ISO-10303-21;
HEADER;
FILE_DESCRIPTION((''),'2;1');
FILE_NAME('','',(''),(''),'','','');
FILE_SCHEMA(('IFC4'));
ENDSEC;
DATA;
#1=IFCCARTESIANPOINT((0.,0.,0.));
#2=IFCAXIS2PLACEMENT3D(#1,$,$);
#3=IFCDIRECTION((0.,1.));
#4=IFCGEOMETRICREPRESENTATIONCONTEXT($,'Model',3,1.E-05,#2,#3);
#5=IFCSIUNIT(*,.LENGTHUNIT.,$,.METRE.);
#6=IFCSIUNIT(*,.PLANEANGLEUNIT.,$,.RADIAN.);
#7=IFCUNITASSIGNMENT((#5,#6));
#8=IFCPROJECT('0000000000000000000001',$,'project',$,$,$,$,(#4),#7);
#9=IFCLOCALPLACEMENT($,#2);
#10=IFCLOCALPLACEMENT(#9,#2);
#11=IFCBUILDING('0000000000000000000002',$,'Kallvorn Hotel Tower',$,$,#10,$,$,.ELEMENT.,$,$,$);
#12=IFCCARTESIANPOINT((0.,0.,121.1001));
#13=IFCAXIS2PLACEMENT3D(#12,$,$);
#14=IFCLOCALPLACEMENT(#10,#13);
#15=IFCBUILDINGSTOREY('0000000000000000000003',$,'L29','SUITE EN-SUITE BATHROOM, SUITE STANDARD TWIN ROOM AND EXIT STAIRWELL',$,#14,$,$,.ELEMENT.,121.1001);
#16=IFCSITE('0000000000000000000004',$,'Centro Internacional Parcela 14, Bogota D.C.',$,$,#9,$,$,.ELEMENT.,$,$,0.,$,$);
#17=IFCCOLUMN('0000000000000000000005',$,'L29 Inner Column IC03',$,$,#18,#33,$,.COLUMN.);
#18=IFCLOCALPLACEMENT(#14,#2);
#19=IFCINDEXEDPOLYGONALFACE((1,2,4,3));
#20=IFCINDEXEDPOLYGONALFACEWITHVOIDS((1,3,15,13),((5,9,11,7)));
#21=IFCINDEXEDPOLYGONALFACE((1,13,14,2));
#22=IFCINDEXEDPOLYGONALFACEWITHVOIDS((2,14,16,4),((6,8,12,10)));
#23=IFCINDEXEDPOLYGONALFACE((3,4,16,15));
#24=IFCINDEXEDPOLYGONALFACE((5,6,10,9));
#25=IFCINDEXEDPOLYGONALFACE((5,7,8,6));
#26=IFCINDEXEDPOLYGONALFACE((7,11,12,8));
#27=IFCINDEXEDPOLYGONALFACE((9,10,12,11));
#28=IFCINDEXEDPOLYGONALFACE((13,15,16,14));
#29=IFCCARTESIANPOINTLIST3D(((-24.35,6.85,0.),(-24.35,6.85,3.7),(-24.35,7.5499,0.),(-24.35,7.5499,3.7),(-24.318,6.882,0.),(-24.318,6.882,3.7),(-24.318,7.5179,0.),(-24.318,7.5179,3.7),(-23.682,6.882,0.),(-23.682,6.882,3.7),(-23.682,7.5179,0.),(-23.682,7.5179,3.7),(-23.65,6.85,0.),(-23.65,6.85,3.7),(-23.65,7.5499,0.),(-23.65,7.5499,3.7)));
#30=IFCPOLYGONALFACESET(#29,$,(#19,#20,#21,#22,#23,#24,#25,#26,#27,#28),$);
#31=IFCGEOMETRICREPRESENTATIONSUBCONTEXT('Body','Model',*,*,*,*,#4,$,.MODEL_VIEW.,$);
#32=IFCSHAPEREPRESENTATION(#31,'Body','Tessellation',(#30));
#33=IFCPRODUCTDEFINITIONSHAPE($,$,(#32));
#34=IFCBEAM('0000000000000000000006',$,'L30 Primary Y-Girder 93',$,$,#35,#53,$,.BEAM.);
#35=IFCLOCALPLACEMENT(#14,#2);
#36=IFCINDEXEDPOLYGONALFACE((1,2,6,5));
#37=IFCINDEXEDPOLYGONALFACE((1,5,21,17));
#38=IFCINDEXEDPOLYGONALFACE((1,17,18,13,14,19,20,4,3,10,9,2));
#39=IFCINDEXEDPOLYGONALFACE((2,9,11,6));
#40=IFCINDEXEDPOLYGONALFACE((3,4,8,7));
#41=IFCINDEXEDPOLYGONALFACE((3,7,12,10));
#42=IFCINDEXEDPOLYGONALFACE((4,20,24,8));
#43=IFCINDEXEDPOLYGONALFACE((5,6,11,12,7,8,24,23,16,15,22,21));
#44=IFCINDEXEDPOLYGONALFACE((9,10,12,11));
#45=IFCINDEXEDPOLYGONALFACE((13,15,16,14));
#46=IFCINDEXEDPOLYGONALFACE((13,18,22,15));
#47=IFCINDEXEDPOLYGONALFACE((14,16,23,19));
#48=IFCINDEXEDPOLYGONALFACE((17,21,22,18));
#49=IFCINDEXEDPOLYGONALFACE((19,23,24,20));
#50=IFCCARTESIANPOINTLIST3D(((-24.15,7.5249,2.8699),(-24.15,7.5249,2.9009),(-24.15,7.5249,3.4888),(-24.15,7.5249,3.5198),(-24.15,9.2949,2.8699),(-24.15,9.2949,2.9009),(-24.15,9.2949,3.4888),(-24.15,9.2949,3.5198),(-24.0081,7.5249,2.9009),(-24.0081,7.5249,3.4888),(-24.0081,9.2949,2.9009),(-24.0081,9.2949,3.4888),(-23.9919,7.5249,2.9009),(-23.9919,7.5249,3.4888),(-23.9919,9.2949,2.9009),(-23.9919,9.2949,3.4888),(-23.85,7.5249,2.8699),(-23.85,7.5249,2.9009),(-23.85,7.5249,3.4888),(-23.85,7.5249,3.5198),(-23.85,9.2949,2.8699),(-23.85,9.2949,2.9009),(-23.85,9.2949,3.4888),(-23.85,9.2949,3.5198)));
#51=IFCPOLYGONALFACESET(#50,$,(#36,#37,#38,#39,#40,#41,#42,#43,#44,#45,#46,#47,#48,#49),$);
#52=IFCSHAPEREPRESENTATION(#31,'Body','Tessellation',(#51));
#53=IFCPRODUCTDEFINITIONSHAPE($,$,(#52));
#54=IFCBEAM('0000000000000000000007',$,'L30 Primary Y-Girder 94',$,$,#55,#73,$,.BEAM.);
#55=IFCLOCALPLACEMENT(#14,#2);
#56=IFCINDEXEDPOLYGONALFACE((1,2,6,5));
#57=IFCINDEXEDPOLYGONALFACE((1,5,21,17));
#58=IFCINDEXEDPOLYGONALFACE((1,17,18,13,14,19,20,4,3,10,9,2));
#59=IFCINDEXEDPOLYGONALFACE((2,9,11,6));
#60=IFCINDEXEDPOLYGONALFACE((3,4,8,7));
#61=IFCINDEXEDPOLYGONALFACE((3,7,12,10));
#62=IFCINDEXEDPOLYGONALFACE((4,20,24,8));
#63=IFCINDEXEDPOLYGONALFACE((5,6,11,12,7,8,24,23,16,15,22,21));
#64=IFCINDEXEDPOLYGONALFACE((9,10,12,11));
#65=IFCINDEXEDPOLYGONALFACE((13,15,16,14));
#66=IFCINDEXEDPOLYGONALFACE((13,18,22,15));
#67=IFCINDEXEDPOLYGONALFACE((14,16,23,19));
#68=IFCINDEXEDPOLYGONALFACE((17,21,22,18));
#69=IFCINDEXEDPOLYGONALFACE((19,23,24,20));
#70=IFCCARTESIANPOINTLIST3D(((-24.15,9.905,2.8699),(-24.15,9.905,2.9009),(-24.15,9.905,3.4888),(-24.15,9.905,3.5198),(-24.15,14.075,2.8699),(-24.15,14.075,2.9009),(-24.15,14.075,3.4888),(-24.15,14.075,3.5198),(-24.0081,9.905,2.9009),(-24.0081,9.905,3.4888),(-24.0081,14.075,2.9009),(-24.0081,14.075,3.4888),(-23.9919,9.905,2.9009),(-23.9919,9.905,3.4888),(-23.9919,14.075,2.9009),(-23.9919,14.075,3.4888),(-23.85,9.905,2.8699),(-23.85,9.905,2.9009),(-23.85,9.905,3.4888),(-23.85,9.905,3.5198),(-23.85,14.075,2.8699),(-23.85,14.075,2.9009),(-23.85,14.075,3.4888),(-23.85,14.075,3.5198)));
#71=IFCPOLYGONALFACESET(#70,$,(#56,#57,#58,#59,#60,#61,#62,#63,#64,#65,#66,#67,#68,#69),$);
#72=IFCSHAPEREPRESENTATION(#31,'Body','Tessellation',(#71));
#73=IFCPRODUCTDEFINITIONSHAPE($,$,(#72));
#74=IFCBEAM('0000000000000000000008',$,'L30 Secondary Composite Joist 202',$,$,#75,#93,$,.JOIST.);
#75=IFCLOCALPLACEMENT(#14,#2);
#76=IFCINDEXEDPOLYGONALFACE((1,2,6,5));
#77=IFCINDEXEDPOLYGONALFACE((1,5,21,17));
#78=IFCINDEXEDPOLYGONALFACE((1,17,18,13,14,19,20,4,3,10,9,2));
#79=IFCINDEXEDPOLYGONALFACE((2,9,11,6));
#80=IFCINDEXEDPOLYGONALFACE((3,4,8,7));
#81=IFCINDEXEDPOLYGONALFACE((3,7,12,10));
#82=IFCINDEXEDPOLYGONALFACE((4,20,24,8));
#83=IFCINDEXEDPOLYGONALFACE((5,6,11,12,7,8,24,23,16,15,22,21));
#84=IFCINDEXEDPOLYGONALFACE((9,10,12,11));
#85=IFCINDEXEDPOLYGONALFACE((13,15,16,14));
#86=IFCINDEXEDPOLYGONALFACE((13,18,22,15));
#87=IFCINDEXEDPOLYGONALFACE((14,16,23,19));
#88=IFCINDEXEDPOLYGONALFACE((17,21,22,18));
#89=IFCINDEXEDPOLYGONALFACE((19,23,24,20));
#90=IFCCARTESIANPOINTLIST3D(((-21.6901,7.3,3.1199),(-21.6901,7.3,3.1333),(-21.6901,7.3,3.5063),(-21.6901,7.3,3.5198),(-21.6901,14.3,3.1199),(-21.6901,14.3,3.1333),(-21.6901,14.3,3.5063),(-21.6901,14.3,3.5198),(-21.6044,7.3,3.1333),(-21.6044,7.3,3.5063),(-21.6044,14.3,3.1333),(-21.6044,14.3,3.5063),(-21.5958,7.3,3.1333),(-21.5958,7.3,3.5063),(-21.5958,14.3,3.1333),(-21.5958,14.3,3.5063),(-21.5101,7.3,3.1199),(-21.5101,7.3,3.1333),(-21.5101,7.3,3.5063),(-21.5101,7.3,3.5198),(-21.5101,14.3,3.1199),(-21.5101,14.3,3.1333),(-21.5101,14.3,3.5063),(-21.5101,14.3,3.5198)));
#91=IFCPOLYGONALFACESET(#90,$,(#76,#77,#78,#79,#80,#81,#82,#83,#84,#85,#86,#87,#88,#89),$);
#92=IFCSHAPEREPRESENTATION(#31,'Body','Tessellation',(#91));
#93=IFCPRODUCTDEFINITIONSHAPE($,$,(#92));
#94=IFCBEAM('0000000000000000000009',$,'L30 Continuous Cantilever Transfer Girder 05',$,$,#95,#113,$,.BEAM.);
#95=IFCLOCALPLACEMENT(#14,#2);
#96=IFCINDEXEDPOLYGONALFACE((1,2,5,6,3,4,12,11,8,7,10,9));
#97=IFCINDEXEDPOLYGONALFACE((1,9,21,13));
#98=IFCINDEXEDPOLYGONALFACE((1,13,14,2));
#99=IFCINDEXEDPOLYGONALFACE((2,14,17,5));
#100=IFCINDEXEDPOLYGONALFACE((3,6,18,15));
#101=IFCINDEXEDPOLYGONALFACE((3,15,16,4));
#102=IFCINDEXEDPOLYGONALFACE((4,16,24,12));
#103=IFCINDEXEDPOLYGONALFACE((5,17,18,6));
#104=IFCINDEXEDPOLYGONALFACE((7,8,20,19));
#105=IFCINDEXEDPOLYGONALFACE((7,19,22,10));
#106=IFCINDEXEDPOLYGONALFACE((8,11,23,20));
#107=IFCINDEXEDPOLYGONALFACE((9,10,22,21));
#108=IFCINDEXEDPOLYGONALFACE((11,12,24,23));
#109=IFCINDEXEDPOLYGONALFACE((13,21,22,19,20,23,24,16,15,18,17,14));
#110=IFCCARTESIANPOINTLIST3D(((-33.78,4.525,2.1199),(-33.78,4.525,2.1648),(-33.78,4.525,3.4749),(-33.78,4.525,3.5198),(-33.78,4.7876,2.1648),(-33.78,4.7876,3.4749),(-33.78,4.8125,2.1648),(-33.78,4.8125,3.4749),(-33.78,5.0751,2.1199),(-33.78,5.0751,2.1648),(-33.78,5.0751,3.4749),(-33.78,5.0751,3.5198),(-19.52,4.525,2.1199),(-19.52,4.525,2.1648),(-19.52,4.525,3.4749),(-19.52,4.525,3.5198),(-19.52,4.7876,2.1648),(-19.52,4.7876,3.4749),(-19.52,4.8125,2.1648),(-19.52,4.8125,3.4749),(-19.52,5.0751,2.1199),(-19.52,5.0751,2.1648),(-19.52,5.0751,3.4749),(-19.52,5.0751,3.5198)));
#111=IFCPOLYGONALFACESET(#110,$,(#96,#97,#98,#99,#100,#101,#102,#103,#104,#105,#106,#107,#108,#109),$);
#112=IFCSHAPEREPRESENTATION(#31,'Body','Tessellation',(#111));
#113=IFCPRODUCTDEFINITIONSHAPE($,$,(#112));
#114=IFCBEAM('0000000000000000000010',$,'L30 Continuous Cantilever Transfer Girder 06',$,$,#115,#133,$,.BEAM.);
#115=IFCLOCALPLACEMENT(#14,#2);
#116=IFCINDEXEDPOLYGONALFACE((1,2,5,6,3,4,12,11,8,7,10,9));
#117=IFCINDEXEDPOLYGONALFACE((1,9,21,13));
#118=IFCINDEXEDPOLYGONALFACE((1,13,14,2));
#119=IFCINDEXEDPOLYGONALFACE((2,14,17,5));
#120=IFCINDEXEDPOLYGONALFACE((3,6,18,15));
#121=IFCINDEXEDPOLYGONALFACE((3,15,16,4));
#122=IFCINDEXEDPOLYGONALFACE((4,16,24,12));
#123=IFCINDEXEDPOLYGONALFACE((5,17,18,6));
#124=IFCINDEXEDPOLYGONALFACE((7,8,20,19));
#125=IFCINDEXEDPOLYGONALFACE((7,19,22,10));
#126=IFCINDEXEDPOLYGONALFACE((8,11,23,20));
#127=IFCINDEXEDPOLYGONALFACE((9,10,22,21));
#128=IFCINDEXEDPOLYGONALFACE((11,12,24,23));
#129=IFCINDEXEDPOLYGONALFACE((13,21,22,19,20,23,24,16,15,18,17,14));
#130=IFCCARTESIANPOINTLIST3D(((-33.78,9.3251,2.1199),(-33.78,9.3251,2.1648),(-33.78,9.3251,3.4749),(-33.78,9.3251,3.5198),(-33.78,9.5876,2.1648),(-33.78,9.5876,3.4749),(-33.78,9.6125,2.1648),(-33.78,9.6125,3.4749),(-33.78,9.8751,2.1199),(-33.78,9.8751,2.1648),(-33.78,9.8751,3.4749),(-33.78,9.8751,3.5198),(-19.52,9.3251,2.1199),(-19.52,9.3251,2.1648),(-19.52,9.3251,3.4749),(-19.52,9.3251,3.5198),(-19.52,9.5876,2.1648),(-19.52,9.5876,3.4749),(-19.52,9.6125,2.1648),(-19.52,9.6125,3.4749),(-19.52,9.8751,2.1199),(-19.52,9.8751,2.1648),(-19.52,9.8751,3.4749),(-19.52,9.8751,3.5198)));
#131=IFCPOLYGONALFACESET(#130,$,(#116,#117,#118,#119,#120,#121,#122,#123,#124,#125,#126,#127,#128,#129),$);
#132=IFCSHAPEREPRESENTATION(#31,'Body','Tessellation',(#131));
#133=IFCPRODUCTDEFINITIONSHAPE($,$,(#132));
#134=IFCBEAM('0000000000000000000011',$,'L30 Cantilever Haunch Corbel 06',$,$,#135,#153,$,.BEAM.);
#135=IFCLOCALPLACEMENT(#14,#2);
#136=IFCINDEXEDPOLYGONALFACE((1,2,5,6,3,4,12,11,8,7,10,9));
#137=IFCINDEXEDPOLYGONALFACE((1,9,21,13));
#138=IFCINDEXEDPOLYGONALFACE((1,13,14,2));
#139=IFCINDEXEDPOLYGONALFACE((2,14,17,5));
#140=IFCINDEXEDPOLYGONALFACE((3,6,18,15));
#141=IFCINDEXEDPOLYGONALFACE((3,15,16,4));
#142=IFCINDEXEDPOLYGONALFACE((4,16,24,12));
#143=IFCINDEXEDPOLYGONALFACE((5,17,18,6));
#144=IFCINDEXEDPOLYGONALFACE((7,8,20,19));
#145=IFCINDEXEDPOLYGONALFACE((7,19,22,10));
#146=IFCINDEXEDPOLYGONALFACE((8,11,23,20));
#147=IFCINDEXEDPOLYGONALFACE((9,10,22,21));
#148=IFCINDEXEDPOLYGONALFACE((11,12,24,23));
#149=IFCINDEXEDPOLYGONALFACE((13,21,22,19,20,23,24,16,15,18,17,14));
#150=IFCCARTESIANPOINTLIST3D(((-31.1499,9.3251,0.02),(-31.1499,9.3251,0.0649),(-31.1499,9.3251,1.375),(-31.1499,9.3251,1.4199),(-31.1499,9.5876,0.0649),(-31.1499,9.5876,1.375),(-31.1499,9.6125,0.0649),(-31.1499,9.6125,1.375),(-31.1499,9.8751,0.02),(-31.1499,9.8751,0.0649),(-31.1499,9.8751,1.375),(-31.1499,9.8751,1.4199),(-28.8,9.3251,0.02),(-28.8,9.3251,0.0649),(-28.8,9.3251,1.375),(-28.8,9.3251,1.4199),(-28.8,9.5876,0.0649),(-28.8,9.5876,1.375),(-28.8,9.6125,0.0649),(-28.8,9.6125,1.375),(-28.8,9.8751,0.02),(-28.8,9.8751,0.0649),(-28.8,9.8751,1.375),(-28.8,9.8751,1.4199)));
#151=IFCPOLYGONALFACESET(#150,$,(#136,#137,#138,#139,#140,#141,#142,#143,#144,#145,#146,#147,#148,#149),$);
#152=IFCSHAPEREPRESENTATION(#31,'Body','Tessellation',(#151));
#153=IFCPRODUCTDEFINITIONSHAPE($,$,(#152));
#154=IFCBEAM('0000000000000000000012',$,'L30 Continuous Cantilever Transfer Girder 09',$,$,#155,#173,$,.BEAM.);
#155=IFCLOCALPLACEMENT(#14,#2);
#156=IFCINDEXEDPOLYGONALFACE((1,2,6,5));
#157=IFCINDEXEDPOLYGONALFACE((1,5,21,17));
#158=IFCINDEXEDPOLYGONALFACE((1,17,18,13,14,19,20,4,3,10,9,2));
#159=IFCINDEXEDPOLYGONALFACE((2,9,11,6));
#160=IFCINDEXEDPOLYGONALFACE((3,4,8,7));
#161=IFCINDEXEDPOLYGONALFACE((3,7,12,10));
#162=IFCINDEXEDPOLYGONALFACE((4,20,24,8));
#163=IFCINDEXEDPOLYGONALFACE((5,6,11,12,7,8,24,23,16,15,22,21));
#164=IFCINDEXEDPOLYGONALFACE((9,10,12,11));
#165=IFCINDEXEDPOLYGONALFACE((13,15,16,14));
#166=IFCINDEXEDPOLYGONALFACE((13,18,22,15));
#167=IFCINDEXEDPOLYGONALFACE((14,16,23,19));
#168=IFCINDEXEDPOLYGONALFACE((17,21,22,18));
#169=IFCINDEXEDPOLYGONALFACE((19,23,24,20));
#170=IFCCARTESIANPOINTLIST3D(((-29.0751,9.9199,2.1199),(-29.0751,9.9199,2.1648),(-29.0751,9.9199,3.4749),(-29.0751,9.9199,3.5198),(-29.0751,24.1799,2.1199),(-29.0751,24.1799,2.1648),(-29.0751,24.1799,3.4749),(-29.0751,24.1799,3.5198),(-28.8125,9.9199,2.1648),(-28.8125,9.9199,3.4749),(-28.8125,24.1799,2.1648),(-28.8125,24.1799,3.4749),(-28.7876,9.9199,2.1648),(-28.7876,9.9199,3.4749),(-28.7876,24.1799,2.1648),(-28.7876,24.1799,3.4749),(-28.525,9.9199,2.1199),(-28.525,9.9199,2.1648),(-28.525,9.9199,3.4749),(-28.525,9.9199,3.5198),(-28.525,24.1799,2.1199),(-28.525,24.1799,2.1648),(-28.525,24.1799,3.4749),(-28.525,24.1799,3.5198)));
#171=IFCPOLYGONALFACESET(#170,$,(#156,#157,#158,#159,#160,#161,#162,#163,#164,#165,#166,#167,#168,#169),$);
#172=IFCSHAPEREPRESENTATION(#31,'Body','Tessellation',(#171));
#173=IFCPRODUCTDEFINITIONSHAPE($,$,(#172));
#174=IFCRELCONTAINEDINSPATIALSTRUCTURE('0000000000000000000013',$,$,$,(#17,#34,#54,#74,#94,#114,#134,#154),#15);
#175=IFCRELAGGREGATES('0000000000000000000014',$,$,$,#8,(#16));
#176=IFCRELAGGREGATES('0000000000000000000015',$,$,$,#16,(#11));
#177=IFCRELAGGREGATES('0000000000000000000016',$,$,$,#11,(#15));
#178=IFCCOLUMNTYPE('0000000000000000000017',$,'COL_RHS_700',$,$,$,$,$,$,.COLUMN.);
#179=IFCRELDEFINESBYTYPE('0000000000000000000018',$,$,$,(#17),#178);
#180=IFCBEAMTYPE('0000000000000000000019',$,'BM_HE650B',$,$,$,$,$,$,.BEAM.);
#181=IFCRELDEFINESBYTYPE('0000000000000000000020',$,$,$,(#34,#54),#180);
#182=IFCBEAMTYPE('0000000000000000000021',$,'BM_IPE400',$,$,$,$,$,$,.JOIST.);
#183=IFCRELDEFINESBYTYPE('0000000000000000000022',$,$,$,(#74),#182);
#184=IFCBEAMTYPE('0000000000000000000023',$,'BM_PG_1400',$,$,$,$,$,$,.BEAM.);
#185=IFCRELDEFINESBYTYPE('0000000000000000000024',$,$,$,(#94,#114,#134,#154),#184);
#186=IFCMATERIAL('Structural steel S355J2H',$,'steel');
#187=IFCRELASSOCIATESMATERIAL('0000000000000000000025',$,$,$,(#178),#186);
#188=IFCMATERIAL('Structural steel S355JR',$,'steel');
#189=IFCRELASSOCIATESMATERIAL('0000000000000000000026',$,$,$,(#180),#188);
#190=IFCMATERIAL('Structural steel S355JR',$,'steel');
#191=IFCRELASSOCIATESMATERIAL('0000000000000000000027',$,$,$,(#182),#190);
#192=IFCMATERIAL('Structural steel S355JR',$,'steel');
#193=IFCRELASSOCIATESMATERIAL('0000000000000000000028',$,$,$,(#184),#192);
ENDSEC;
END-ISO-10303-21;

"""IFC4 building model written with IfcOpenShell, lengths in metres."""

from ifc_helpers import new_model, si_unit, direction, frame, origin, origin_2d, place, context, subcontext, project, spatial, hollow_rectangle, i_section, extrude, material, material_profile, profile_set, type_object, element, save


model = new_model("IFC4")

# Units and contexts
model_context = context("Model", 3, precision=1e-05, world=origin(), true_north=direction((0.0, 1.0)))
body_context = subcontext(model_context, "Body", "Model", "MODEL_VIEW")
ifc_project = project(units=[si_unit("LENGTHUNIT", "METRE"), si_unit("PLANEANGLEUNIT", "RADIAN")], contexts=[model_context])

# Site, building, storey
site_placement = place(None, origin())
site = spatial("IfcSite", under=ifc_project, at=site_placement, Name="Centro Internacional Parcela 14, Bogota D.C.", CompositionType="ELEMENT", RefElevation=0.0)
building_placement = place(site_placement, origin())
building = spatial("IfcBuilding", under=site, at=building_placement, Name="Kallvorn Hotel Tower", CompositionType="ELEMENT")
storey_placement = place(building_placement, frame((0.0, 0.0, 121.1001)))
storey = spatial("IfcBuildingStorey", under=building, at=storey_placement, Name="L29", Description="SUITE EN-SUITE BATHROOM, SUITE STANDARD TWIN ROOM AND EXIT STAIRWELL", CompositionType="ELEMENT", Elevation=121.1001)

# Column
ifc_material_1 = material(Name="Structural steel S355J2H", Category="steel")
ifc_material_profile_1 = material_profile(ifc_material_1, hollow_rectangle(XDim=0.7, YDim=0.7, WallThickness=0.032, at=origin_2d()), Name="RHS 700x700x32")
ifc_profile_set_1 = profile_set([ifc_material_profile_1], Name="Structural steel S355J2H")
column_type_1 = type_object("IfcColumnType", Name="COL_RHS_700", PredefinedType="COLUMN", material=ifc_profile_set_1)
column_placement = place(storey_placement, frame((-24.0, 7.2, 0.0), z_axis=(0.0, 0.0, 1.0), x_axis=(1.0, 0.0, 0.0)))
element("IfcColumn", 1, at=column_placement, inside=storey, type_object=column_type_1, Name="L29 Inner Column IC03", PredefinedType="COLUMN", context=body_context, shape_type="SweptSolid", body=[
    extrude(hollow_rectangle(XDim=0.7, YDim=0.7, WallThickness=0.032, at=origin_2d()), origin(), (0.0, 0.0, 1.0), 3.7),
])

# Beams
ifc_material_2 = material(Name="Structural steel S355JR", Category="steel")
ifc_material_profile_2 = material_profile(ifc_material_2, i_section(OverallWidth=0.3, OverallDepth=0.6499, WebThickness=0.0161, FlangeThickness=0.031, at=origin_2d()), Name="HE 650 B")
ifc_profile_set_2 = profile_set([ifc_material_profile_2], Name="Structural steel S355JR")
beam_type_1 = type_object("IfcBeamType", Name="BM_HE650B", PredefinedType="BEAM", material=ifc_profile_set_2)
beam_1_placement = place(storey_placement, frame((-24.0, 7.5249, 3.1948), z_axis=(0.0, 1.0, 0.0), x_axis=(-1.0, 0.0, 0.0)))
element("IfcBeam", 2, at=beam_1_placement, inside=storey, type_object=beam_type_1, Name="L30 Primary Y-Girder 93", PredefinedType="BEAM", context=body_context, shape_type="SweptSolid", body=[
    extrude(i_section(OverallWidth=0.3, OverallDepth=0.6499, WebThickness=0.0161, FlangeThickness=0.031, at=origin_2d()), origin(), (0.0, 0.0, 1.0), 1.77),
])
beam_2_placement = place(storey_placement, frame((-24.0, 9.905, 3.1948), z_axis=(0.0, 1.0, 0.0), x_axis=(-1.0, 0.0, 0.0)))
element("IfcBeam", 3, at=beam_2_placement, inside=storey, type_object=beam_type_1, Name="L30 Primary Y-Girder 94", PredefinedType="BEAM", context=body_context, shape_type="SweptSolid", body=[
    extrude(i_section(OverallWidth=0.3, OverallDepth=0.6499, WebThickness=0.0161, FlangeThickness=0.031, at=origin_2d()), origin(), (0.0, 0.0, 1.0), 4.1699),
])
ifc_material_3 = material(Name="Structural steel S355JR", Category="steel")
ifc_material_profile_3 = material_profile(ifc_material_3, i_section(OverallWidth=0.1799, OverallDepth=0.3999, WebThickness=0.0085, FlangeThickness=0.0134, at=origin_2d()), Name="IPE 400")
ifc_profile_set_3 = profile_set([ifc_material_profile_3], Name="Structural steel S355JR")
beam_type_2 = type_object("IfcBeamType", Name="BM_IPE400", PredefinedType="JOIST", material=ifc_profile_set_3)
beam_3_placement = place(storey_placement, frame((-21.6001, 7.3, 3.3198), z_axis=(0.0, 1.0, 0.0), x_axis=(-1.0, 0.0, 0.0)))
element("IfcBeam", 4, at=beam_3_placement, inside=storey, type_object=beam_type_2, Name="L30 Secondary Composite Joist 202", PredefinedType="JOIST", context=body_context, shape_type="SweptSolid", body=[
    extrude(i_section(OverallWidth=0.1799, OverallDepth=0.3999, WebThickness=0.0085, FlangeThickness=0.0134, at=origin_2d()), origin(), (0.0, 0.0, 1.0), 7.0),
])
ifc_material_4 = material(Name="Structural steel S355JR", Category="steel")
ifc_material_profile_4 = material_profile(ifc_material_4, i_section(OverallWidth=0.55, OverallDepth=1.3999, WebThickness=0.0249, FlangeThickness=0.0449, at=origin_2d()), Name="PG 1400x550x25x45")
ifc_profile_set_4 = profile_set([ifc_material_profile_4], Name="Structural steel S355JR")
beam_type_3 = type_object("IfcBeamType", Name="BM_PG_1400", PredefinedType="BEAM", material=ifc_profile_set_4)
for number, where, z_axis, x_axis, name in (
    (5, (-19.52, 4.8, 2.8198), (-1.0, 0.0, 0.0), (0.0, -1.0, 0.0), "L30 Continuous Cantilever Transfer Girder 05"),
    (6, (-19.52, 9.6001, 2.8198), (-1.0, 0.0, 0.0), (0.0, -1.0, 0.0), "L30 Continuous Cantilever Transfer Girder 06"),
):
    element("IfcBeam", number, at=place(storey_placement, frame(where, z_axis=z_axis, x_axis=x_axis)), inside=storey, type_object=beam_type_3, Name=name, PredefinedType="BEAM", context=body_context, shape_type="SweptSolid", body=[
        extrude(i_section(OverallWidth=0.55, OverallDepth=1.3999, WebThickness=0.0249, FlangeThickness=0.0449, at=origin_2d()), origin(), (0.0, 0.0, 1.0), 14.26),
    ])
beam_4_placement = place(storey_placement, frame((-28.8, 9.6001, 0.72), z_axis=(-1.0, 0.0, 0.0), x_axis=(0.0, -1.0, 0.0)))
element("IfcBeam", 7, at=beam_4_placement, inside=storey, type_object=beam_type_3, Name="L30 Cantilever Haunch Corbel 06", PredefinedType="BEAM", context=body_context, shape_type="SweptSolid", body=[
    extrude(i_section(OverallWidth=0.55, OverallDepth=1.3999, WebThickness=0.0249, FlangeThickness=0.0449, at=origin_2d()), origin(), (0.0, 0.0, 1.0), 2.3499),
])
beam_5_placement = place(storey_placement, frame((-28.8, 9.9199, 2.8198), z_axis=(0.0, 1.0, 0.0), x_axis=(-1.0, 0.0, 0.0)))
element("IfcBeam", 8, at=beam_5_placement, inside=storey, type_object=beam_type_3, Name="L30 Continuous Cantilever Transfer Girder 09", PredefinedType="BEAM", context=body_context, shape_type="SweptSolid", body=[
    extrude(i_section(OverallWidth=0.55, OverallDepth=1.3999, WebThickness=0.0249, FlangeThickness=0.0449, at=origin_2d()), origin(), (0.0, 0.0, 1.0), 14.26),
])

save(model, "model.ifc")
